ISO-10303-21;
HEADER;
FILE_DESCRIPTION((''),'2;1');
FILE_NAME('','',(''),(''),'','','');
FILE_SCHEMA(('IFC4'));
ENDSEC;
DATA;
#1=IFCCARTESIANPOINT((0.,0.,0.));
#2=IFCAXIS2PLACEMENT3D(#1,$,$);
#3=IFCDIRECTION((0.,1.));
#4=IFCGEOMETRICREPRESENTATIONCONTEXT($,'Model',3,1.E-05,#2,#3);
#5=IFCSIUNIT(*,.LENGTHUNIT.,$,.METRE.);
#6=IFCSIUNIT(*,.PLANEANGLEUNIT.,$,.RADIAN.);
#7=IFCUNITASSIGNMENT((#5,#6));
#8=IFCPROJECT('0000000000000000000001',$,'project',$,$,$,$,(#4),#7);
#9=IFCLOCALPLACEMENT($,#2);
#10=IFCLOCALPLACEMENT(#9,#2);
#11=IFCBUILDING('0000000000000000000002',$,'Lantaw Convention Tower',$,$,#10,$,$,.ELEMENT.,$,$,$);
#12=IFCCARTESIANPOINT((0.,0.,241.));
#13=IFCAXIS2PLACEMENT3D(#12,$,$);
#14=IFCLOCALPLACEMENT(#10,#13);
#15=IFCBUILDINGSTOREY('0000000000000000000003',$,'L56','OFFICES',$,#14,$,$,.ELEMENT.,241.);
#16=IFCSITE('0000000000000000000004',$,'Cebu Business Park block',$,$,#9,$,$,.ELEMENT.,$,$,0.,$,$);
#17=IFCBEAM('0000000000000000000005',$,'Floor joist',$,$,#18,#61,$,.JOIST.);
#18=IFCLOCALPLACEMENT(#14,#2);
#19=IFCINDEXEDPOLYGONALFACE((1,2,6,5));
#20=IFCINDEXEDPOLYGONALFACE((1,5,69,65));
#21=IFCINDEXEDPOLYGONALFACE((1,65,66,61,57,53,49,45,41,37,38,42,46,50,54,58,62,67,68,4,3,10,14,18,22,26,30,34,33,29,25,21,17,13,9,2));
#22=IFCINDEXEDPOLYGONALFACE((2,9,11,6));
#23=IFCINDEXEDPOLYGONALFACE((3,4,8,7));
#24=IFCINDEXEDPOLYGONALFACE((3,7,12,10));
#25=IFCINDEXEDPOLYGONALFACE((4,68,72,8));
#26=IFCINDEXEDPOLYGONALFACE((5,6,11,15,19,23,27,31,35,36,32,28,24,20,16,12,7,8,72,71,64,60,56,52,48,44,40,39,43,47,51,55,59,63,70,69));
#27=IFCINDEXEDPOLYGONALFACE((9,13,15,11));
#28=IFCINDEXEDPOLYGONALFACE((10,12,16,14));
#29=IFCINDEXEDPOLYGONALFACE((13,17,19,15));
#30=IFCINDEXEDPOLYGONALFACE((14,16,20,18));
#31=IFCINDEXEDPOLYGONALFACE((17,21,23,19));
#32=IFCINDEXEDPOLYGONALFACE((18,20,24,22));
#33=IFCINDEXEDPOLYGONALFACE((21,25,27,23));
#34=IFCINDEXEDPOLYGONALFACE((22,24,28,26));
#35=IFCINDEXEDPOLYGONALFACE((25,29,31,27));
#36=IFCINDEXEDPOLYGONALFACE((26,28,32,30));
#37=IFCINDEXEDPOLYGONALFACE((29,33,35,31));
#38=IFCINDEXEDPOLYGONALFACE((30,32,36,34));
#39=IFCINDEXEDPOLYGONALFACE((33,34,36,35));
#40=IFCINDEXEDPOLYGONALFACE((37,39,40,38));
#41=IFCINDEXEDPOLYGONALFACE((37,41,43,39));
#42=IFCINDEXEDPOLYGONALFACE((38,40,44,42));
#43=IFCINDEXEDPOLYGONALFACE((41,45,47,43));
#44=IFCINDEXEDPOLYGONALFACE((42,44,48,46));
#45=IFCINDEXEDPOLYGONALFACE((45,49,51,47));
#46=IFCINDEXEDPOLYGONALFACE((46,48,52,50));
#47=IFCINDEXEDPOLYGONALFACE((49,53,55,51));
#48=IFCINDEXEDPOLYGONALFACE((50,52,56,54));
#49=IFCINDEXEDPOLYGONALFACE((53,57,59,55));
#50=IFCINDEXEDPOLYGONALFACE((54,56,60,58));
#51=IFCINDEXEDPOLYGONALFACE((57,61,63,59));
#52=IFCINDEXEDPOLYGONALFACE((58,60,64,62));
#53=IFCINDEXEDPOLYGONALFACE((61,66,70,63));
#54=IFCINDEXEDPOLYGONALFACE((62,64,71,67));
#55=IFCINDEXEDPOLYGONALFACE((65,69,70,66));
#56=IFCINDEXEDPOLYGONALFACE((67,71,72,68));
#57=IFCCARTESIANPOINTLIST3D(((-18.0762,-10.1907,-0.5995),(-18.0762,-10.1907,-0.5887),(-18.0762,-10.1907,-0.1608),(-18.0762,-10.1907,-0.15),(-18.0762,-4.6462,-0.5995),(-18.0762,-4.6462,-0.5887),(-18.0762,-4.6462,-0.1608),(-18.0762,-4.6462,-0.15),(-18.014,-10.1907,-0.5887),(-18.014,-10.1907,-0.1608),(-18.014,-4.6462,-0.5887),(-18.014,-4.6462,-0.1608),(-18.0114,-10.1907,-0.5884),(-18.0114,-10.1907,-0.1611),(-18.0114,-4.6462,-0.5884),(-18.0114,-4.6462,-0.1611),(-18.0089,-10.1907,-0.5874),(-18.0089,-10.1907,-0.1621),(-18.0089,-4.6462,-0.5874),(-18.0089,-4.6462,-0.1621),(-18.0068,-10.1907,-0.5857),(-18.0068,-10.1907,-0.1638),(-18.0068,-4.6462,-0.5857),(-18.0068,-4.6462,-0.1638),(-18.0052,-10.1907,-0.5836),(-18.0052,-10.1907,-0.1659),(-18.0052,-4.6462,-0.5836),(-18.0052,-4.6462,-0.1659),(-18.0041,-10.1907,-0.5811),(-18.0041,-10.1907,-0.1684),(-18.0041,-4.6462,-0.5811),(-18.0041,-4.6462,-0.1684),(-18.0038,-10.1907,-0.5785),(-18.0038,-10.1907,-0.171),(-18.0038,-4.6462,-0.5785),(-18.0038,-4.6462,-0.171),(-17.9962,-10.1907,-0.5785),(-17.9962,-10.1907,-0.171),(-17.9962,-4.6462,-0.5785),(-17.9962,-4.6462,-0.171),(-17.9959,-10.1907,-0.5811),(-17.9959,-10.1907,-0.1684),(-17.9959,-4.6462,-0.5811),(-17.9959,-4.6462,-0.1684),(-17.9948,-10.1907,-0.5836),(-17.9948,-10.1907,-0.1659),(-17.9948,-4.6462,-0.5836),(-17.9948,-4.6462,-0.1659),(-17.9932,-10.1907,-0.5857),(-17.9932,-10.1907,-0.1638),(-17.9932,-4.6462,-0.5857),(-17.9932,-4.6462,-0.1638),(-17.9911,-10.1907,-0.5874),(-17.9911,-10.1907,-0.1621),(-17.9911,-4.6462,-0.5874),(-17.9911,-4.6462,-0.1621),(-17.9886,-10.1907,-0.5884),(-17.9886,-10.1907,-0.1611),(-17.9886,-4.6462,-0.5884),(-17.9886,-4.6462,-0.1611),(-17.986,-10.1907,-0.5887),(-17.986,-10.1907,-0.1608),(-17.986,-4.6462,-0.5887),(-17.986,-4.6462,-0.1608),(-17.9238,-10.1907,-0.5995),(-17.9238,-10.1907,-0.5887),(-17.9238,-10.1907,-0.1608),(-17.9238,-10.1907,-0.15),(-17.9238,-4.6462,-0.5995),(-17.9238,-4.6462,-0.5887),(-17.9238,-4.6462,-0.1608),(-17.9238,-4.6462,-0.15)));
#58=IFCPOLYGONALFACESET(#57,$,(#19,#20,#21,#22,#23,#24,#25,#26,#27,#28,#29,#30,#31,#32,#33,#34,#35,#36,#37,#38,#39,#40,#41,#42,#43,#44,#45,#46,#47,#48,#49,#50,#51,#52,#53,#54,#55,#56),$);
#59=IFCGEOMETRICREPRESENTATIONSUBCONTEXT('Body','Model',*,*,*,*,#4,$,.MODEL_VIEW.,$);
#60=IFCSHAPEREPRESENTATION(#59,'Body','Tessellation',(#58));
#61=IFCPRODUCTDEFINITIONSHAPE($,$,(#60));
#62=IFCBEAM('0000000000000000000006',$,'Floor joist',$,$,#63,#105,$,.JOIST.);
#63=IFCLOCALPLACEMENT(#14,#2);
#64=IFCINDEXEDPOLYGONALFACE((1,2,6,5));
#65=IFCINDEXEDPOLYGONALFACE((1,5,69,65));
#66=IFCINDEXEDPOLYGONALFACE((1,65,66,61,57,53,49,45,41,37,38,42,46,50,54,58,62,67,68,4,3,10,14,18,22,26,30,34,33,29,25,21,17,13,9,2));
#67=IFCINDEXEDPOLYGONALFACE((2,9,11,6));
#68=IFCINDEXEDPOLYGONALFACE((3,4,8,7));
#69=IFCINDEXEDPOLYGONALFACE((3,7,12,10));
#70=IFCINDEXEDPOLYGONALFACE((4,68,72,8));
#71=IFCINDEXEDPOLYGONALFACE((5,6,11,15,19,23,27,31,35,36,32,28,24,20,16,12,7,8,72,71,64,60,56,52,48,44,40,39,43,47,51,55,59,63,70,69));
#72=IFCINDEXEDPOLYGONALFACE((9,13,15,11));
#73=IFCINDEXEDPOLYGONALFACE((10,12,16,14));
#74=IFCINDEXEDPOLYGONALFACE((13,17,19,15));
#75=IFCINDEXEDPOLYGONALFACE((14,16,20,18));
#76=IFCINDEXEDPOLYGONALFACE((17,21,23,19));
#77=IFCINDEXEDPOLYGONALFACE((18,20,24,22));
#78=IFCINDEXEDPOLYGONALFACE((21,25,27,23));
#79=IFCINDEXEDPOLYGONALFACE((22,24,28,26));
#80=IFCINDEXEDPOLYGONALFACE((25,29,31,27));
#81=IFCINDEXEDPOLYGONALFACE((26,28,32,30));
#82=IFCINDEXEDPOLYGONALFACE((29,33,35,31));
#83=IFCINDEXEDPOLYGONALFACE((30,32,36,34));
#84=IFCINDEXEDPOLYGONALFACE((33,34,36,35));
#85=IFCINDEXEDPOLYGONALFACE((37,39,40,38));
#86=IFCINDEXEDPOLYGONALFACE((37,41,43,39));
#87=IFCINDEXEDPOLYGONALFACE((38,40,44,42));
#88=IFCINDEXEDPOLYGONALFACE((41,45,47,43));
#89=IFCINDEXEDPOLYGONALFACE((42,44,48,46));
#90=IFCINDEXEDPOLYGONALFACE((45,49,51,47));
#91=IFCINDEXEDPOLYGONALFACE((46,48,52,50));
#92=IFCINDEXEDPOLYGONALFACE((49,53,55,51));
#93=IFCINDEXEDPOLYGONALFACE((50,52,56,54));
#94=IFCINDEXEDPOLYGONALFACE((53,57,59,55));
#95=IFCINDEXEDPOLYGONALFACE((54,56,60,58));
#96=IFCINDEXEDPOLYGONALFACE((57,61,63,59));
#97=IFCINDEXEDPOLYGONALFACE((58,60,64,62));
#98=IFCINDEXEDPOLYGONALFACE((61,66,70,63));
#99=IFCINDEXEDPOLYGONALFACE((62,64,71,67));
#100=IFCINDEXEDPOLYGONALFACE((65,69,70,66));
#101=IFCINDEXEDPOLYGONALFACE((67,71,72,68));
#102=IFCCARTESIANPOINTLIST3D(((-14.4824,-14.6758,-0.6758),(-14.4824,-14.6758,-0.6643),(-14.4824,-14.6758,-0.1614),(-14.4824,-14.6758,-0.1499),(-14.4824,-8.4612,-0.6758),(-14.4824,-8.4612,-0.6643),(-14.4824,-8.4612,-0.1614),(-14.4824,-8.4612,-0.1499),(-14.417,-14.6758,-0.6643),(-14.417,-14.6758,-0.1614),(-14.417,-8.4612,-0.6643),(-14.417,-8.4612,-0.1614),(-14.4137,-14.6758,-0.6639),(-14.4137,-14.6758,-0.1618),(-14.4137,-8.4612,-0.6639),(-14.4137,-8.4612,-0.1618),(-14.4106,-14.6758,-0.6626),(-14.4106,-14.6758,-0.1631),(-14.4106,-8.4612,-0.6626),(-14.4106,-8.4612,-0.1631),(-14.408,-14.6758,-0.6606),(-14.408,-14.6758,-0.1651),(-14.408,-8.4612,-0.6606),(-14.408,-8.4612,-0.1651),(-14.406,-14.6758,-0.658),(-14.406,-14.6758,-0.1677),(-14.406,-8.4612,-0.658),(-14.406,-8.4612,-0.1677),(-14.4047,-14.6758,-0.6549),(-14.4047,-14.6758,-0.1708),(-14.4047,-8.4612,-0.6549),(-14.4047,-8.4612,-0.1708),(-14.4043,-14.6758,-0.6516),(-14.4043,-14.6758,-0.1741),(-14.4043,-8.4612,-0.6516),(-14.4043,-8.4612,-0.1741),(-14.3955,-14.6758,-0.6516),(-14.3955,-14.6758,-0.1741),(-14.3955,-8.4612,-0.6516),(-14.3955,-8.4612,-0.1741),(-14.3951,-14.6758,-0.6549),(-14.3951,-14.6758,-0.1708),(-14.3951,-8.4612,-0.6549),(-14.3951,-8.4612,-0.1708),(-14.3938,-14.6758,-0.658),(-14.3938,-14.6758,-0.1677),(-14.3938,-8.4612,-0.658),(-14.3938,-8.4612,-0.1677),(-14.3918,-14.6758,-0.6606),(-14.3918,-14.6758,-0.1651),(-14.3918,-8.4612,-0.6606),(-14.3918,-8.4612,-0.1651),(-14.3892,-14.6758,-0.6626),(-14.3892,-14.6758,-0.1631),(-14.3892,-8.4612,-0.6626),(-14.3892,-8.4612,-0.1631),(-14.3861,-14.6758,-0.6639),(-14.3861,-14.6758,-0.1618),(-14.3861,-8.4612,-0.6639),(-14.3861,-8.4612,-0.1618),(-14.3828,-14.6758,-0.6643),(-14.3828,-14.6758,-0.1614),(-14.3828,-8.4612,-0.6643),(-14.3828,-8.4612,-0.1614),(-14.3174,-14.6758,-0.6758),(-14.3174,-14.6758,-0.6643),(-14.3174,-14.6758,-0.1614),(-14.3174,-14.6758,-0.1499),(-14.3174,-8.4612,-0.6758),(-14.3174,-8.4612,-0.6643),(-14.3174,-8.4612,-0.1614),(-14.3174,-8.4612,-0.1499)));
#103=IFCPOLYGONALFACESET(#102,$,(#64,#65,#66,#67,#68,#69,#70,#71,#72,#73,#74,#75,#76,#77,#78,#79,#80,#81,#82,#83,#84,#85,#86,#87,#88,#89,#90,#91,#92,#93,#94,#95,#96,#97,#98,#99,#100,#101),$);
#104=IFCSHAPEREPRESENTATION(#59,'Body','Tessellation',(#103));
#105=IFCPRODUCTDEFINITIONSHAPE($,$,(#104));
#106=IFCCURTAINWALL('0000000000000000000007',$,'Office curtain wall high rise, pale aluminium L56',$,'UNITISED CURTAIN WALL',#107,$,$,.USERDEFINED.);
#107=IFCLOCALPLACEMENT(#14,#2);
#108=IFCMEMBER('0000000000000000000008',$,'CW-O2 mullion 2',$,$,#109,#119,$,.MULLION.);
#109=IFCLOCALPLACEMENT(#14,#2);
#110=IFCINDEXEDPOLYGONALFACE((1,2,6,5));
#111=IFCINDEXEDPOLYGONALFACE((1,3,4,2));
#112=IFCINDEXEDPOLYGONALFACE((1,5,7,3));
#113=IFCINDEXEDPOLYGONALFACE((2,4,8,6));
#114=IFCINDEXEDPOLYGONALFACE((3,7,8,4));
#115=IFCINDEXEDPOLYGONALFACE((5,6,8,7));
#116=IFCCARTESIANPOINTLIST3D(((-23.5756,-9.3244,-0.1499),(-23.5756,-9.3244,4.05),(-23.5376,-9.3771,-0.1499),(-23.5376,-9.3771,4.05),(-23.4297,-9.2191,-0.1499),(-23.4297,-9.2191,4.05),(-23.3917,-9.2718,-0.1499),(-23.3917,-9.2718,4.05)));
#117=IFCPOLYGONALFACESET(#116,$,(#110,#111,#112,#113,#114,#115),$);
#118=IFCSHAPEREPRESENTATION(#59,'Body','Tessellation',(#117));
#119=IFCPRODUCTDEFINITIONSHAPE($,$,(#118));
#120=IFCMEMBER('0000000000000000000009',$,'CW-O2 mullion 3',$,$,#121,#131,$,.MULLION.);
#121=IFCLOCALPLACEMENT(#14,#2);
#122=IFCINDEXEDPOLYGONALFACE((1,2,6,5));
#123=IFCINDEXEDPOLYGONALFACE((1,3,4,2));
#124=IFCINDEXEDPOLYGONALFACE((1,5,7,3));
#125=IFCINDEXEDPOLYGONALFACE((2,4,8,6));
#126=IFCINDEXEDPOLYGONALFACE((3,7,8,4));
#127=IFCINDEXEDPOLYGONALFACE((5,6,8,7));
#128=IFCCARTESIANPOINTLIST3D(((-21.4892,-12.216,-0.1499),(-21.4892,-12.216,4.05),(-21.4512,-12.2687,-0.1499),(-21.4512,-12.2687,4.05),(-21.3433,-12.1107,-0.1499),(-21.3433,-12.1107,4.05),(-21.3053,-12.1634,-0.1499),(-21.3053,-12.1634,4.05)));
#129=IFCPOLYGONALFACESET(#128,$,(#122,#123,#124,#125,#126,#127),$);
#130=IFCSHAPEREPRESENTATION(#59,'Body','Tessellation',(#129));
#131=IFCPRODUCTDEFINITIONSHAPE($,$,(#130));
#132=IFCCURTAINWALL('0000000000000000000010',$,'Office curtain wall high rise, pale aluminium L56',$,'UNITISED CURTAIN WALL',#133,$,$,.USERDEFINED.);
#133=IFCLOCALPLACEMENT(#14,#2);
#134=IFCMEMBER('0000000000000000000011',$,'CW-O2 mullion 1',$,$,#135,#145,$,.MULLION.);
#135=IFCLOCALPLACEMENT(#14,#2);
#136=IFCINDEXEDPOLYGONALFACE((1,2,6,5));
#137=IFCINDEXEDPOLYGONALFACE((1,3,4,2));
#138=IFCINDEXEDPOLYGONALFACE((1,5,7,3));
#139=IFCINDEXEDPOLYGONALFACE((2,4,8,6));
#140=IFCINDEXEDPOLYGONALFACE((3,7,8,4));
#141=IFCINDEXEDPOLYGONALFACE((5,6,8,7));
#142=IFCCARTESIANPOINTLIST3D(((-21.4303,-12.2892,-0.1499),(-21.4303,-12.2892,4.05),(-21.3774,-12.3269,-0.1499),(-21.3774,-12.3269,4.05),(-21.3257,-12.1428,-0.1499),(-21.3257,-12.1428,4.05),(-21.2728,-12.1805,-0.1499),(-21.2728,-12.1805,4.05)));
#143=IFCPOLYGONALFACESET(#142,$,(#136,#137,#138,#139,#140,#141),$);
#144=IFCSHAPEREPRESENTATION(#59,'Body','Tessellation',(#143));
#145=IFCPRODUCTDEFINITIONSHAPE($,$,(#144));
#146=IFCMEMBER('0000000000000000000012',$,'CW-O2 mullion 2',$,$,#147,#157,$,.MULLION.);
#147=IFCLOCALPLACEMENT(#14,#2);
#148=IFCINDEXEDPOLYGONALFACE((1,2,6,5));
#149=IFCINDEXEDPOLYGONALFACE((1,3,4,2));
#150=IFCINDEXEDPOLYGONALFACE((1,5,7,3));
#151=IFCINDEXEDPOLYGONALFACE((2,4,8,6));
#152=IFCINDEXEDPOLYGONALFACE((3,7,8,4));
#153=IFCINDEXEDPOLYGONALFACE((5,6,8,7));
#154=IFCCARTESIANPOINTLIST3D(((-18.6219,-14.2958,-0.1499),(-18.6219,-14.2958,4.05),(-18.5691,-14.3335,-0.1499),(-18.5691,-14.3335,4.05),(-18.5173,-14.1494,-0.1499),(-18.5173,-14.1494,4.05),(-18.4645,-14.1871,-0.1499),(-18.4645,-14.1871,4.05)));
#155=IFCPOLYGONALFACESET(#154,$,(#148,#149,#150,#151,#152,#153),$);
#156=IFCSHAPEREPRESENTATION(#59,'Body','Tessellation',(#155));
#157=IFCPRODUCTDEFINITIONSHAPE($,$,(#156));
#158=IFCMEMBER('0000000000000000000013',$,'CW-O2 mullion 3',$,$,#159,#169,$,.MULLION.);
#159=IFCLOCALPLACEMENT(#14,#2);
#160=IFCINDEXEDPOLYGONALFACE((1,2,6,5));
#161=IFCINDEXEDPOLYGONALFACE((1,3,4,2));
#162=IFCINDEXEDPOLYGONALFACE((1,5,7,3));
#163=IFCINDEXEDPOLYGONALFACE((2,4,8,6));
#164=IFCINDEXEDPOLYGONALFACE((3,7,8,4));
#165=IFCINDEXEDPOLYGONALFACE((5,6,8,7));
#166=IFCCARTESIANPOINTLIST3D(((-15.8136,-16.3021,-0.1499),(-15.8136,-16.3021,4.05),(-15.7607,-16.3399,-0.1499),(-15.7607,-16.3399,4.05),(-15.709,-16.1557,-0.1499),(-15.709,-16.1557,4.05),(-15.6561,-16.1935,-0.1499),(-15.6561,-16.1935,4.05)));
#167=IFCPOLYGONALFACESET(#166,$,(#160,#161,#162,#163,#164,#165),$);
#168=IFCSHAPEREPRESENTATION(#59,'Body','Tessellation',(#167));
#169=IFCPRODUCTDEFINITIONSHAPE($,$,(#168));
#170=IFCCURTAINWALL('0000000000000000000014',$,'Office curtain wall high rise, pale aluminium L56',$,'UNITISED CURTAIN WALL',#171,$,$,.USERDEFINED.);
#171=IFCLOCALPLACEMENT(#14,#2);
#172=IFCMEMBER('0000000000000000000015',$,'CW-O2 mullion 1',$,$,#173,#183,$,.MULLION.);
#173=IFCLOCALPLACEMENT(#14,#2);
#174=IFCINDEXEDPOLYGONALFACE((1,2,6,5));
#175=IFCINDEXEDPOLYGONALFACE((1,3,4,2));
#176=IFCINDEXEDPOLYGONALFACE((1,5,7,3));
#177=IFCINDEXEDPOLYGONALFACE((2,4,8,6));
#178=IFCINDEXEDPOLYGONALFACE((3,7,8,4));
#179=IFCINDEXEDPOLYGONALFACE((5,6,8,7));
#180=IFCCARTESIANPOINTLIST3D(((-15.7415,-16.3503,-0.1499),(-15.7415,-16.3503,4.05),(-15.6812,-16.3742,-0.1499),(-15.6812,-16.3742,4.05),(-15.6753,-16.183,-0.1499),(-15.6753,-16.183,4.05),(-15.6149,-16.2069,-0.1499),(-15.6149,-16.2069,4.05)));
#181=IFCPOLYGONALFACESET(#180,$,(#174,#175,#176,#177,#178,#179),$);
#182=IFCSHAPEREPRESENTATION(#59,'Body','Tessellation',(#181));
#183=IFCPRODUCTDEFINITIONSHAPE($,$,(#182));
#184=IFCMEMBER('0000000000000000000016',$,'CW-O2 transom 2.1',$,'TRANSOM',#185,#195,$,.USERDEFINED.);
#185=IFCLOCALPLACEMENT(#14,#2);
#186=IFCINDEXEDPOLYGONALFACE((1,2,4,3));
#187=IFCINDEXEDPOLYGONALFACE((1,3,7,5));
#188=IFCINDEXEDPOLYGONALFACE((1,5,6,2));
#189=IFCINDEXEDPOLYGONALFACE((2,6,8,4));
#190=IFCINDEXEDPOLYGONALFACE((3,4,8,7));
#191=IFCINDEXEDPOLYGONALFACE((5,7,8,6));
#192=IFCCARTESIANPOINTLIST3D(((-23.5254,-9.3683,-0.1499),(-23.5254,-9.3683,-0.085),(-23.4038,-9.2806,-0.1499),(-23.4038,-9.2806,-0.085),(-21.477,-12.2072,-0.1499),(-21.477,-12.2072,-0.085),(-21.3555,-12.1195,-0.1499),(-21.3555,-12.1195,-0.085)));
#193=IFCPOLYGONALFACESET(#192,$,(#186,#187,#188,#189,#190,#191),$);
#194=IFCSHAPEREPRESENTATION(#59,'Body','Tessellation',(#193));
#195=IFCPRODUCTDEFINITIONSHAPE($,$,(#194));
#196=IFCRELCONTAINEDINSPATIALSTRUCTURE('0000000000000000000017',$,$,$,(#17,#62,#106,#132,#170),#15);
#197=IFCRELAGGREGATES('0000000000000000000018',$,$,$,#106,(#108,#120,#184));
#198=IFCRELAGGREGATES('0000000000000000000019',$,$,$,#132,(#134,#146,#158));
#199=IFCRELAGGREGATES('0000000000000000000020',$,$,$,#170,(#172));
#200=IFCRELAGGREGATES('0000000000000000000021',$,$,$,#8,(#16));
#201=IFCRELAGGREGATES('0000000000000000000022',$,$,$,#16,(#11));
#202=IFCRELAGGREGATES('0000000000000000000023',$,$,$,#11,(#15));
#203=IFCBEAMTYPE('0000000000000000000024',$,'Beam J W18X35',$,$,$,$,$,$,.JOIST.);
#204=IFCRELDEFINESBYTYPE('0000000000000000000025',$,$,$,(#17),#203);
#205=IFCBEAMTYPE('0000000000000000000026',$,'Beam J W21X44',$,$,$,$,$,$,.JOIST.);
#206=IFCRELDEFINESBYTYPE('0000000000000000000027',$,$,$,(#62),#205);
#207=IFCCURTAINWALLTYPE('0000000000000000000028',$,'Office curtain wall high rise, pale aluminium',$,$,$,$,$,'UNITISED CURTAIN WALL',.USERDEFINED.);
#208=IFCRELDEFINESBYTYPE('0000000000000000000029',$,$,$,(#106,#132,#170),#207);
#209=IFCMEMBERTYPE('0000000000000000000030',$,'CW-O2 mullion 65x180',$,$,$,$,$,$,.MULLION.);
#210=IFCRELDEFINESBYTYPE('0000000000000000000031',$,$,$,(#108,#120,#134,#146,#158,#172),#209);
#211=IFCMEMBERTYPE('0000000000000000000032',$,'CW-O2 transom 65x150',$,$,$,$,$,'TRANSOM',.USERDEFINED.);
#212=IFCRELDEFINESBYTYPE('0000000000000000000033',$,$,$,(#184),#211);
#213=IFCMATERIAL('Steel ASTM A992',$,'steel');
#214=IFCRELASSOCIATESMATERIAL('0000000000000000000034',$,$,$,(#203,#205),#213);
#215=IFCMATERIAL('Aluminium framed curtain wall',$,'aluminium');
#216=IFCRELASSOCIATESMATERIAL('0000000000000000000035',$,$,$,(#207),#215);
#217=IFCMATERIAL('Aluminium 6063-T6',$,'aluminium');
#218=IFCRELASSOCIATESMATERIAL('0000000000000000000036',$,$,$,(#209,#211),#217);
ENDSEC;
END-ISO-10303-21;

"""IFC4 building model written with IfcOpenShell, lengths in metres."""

from ifc_helpers import new_model, si_unit, direction, frame, origin, origin_2d, place, context, subcontext, project, spatial, rectangle, i_section, extrude, material, material_profile, profile_set, type_object, element, aggregate, save


model = new_model("IFC4")

# Units and contexts
model_context = context("Model", 3, precision=1e-05, world=origin(), true_north=direction((0.0, 1.0)))
body_context = subcontext(model_context, "Body", "Model", "MODEL_VIEW")
ifc_project = project(units=[si_unit("LENGTHUNIT", "METRE"), si_unit("PLANEANGLEUNIT", "RADIAN")], contexts=[model_context])

# Site, building, storey
site_placement = place(None, origin())
site = spatial("IfcSite", under=ifc_project, at=site_placement, Name="Cebu Business Park block", CompositionType="ELEMENT", RefElevation=0.0)
building_placement = place(site_placement, origin())
building = spatial("IfcBuilding", under=site, at=building_placement, Name="Lantaw Convention Tower", CompositionType="ELEMENT")
storey_placement = place(building_placement, frame((0.0, 0.0, 241.0)))
storey = spatial("IfcBuildingStorey", under=building, at=storey_placement, Name="L56", Description="OFFICES", CompositionType="ELEMENT", Elevation=241.0)

# Beams
ifc_material_1 = material(Name="Steel ASTM A992", Category="steel")
ifc_material_profile_1 = material_profile(ifc_material_1, i_section(OverallWidth=0.1523, OverallDepth=0.4495, WebThickness=0.0076, FlangeThickness=0.0107, FilletRadius=0.0103, at=origin_2d()), Name="W18X35")
ifc_profile_set_1 = profile_set([ifc_material_profile_1], Name="Steel ASTM A992")
beam_type_1 = type_object("IfcBeamType", Name="Beam J W18X35", PredefinedType="JOIST", material=ifc_profile_set_1)
beam_1_placement = place(storey_placement, frame((-18.0, -10.1907, -0.3748), z_axis=(0.0, 1.0, 0.0), x_axis=(-1.0, 0.0, 0.0)))
element("IfcBeam", 1, at=beam_1_placement, inside=storey, type_object=beam_type_1, Name="Floor joist", PredefinedType="JOIST", context=body_context, shape_type="SweptSolid", body=[
    extrude(i_section(OverallWidth=0.1523, OverallDepth=0.4495, WebThickness=0.0076, FlangeThickness=0.0107, FilletRadius=0.0103, at=origin_2d()), origin(), (0.0, 0.0, 1.0), 5.5444),
])
ifc_material_profile_2 = material_profile(ifc_material_1, i_section(OverallWidth=0.165, OverallDepth=0.5259, WebThickness=0.0088, FlangeThickness=0.0115, FilletRadius=0.0127, at=origin_2d()), Name="W21X44")
ifc_profile_set_2 = profile_set([ifc_material_profile_2], Name="Steel ASTM A992")
beam_type_2 = type_object("IfcBeamType", Name="Beam J W21X44", PredefinedType="JOIST", material=ifc_profile_set_2)
beam_2_placement = place(storey_placement, frame((-14.3999, -14.6758, -0.4128), z_axis=(0.0, 1.0, 0.0), x_axis=(-1.0, 0.0, 0.0)))
element("IfcBeam", 2, at=beam_2_placement, inside=storey, type_object=beam_type_2, Name="Floor joist", PredefinedType="JOIST", context=body_context, shape_type="SweptSolid", body=[
    extrude(i_section(OverallWidth=0.165, OverallDepth=0.5259, WebThickness=0.0088, FlangeThickness=0.0115, FilletRadius=0.0127, at=origin_2d()), origin(), (0.0, 0.0, 1.0), 6.2146),
])

# Curtain walls, members
ifc_material_2 = material(Name="Aluminium framed curtain wall", Category="aluminium")
curtain_wall_type = type_object("IfcCurtainWallType", Name="Office curtain wall high rise, pale aluminium", ElementType="UNITISED CURTAIN WALL", PredefinedType="USERDEFINED", material=ifc_material_2)
curtain_wall_1_placement = place(storey_placement, origin())
curtain_wall_1 = element("IfcCurtainWall", 3, at=curtain_wall_1_placement, inside=storey, type_object=curtain_wall_type, Name="Office curtain wall high rise, pale aluminium L56", ObjectType="UNITISED CURTAIN WALL", PredefinedType="USERDEFINED")
ifc_material_3 = material(Name="Aluminium 6063-T6", Category="aluminium")
ifc_material_profile_3 = material_profile(ifc_material_3, rectangle(XDim=0.1799, YDim=0.0649, at=origin_2d()), Name="CW-O2 mullion 65x180")
ifc_profile_set_3 = profile_set([ifc_material_profile_3], Name="Aluminium 6063-T6")
member_type_1 = type_object("IfcMemberType", Name="CW-O2 mullion 65x180", PredefinedType="MULLION", material=ifc_profile_set_3)
member_1_placement = place(storey_placement, frame((-23.4836, -9.2981, -0.1499), z_axis=(0.0, 0.0, 1.0), x_axis=(0.81092, 0.585158, 0.0)))
member_1 = element("IfcMember", 4, at=member_1_placement, type_object=member_type_1, Name="CW-O2 mullion 2", PredefinedType="MULLION", context=body_context, shape_type="SweptSolid", body=[
    extrude(rectangle(XDim=0.1799, YDim=0.0649, at=origin_2d()), origin(), (0.0, 0.0, 1.0), 4.2),
])
member_2_placement = place(storey_placement, frame((-21.3972, -12.1897, -0.1499), z_axis=(0.0, 0.0, 1.0), x_axis=(0.81092, 0.585158, 0.0)))
member_2 = element("IfcMember", 5, at=member_2_placement, type_object=member_type_1, Name="CW-O2 mullion 3", PredefinedType="MULLION", context=body_context, shape_type="SweptSolid", body=[
    extrude(rectangle(XDim=0.1799, YDim=0.0649, at=origin_2d()), origin(), (0.0, 0.0, 1.0), 4.2),
])
curtain_wall_2_placement = place(storey_placement, origin())
curtain_wall_2 = element("IfcCurtainWall", 6, at=curtain_wall_2_placement, inside=storey, type_object=curtain_wall_type, Name="Office curtain wall high rise, pale aluminium L56", ObjectType="UNITISED CURTAIN WALL", PredefinedType="USERDEFINED")
member_3_placement = place(storey_placement, frame((-21.3516, -12.2349, -0.1499), z_axis=(0.0, 0.0, 1.0), x_axis=(0.581323, 0.813673, 0.0)))
member_3 = element("IfcMember", 7, at=member_3_placement, type_object=member_type_1, Name="CW-O2 mullion 1", PredefinedType="MULLION", context=body_context, shape_type="SweptSolid", body=[
    extrude(rectangle(XDim=0.1799, YDim=0.0649, at=origin_2d()), origin(), (0.0, 0.0, 1.0), 4.2),
])
member_4_placement = place(storey_placement, frame((-18.5432, -14.2415, -0.1499), z_axis=(0.0, 0.0, 1.0), x_axis=(0.581323, 0.813673, 0.0)))
member_4 = element("IfcMember", 8, at=member_4_placement, type_object=member_type_1, Name="CW-O2 mullion 2", PredefinedType="MULLION", context=body_context, shape_type="SweptSolid", body=[
    extrude(rectangle(XDim=0.1799, YDim=0.0649, at=origin_2d()), origin(), (0.0, 0.0, 1.0), 4.2),
])
member_5_placement = place(storey_placement, frame((-15.7349, -16.2478, -0.1499), z_axis=(0.0, 0.0, 1.0), x_axis=(0.581323, 0.813673, 0.0)))
member_5 = element("IfcMember", 9, at=member_5_placement, type_object=member_type_1, Name="CW-O2 mullion 3", PredefinedType="MULLION", context=body_context, shape_type="SweptSolid", body=[
    extrude(rectangle(XDim=0.1799, YDim=0.0649, at=origin_2d()), origin(), (0.0, 0.0, 1.0), 4.2),
])

# Curtain wall, member
curtain_wall_3_placement = place(storey_placement, origin())
curtain_wall_3 = element("IfcCurtainWall", 10, at=curtain_wall_3_placement, inside=storey, type_object=curtain_wall_type, Name="Office curtain wall high rise, pale aluminium L56", ObjectType="UNITISED CURTAIN WALL", PredefinedType="USERDEFINED")
member_6_placement = place(storey_placement, frame((-15.6782, -16.2786, -0.1499), z_axis=(0.0, 0.0, 1.0), x_axis=(0.368162, 0.929762, 0.0)))
member_6 = element("IfcMember", 11, at=member_6_placement, type_object=member_type_1, Name="CW-O2 mullion 1", PredefinedType="MULLION", context=body_context, shape_type="SweptSolid", body=[
    extrude(rectangle(XDim=0.1799, YDim=0.0649, at=origin_2d()), origin(), (0.0, 0.0, 1.0), 4.2),
])

# Member
ifc_material_profile_4 = material_profile(ifc_material_3, rectangle(XDim=0.1499, YDim=0.0649, at=origin_2d()), Name="CW-O2 transom 65x150")
ifc_profile_set_4 = profile_set([ifc_material_profile_4], Name="Aluminium 6063-T6")
member_type_2 = type_object("IfcMemberType", Name="CW-O2 transom 65x150", ElementType="TRANSOM", PredefinedType="USERDEFINED", material=ifc_profile_set_4)
member_7_placement = place(storey_placement, frame((-23.4646, -9.3245, -0.1174), z_axis=(0.585124, -0.810944, 0.0), x_axis=(0.810944, 0.585124, 0.0)))
member_7 = element("IfcMember", 12, at=member_7_placement, type_object=member_type_2, Name="CW-O2 transom 2.1", ObjectType="TRANSOM", PredefinedType="USERDEFINED", context=body_context, shape_type="SweptSolid", body=[
    extrude(rectangle(XDim=0.1499, YDim=0.0649, at=origin_2d()), origin(), (0.0, 0.0, 1.0), 3.5007),
])

aggregate(curtain_wall_1, [member_1, member_2, member_7])
aggregate(curtain_wall_2, [member_3, member_4, member_5])
aggregate(curtain_wall_3, [member_6])

save(model, "model.ifc")
